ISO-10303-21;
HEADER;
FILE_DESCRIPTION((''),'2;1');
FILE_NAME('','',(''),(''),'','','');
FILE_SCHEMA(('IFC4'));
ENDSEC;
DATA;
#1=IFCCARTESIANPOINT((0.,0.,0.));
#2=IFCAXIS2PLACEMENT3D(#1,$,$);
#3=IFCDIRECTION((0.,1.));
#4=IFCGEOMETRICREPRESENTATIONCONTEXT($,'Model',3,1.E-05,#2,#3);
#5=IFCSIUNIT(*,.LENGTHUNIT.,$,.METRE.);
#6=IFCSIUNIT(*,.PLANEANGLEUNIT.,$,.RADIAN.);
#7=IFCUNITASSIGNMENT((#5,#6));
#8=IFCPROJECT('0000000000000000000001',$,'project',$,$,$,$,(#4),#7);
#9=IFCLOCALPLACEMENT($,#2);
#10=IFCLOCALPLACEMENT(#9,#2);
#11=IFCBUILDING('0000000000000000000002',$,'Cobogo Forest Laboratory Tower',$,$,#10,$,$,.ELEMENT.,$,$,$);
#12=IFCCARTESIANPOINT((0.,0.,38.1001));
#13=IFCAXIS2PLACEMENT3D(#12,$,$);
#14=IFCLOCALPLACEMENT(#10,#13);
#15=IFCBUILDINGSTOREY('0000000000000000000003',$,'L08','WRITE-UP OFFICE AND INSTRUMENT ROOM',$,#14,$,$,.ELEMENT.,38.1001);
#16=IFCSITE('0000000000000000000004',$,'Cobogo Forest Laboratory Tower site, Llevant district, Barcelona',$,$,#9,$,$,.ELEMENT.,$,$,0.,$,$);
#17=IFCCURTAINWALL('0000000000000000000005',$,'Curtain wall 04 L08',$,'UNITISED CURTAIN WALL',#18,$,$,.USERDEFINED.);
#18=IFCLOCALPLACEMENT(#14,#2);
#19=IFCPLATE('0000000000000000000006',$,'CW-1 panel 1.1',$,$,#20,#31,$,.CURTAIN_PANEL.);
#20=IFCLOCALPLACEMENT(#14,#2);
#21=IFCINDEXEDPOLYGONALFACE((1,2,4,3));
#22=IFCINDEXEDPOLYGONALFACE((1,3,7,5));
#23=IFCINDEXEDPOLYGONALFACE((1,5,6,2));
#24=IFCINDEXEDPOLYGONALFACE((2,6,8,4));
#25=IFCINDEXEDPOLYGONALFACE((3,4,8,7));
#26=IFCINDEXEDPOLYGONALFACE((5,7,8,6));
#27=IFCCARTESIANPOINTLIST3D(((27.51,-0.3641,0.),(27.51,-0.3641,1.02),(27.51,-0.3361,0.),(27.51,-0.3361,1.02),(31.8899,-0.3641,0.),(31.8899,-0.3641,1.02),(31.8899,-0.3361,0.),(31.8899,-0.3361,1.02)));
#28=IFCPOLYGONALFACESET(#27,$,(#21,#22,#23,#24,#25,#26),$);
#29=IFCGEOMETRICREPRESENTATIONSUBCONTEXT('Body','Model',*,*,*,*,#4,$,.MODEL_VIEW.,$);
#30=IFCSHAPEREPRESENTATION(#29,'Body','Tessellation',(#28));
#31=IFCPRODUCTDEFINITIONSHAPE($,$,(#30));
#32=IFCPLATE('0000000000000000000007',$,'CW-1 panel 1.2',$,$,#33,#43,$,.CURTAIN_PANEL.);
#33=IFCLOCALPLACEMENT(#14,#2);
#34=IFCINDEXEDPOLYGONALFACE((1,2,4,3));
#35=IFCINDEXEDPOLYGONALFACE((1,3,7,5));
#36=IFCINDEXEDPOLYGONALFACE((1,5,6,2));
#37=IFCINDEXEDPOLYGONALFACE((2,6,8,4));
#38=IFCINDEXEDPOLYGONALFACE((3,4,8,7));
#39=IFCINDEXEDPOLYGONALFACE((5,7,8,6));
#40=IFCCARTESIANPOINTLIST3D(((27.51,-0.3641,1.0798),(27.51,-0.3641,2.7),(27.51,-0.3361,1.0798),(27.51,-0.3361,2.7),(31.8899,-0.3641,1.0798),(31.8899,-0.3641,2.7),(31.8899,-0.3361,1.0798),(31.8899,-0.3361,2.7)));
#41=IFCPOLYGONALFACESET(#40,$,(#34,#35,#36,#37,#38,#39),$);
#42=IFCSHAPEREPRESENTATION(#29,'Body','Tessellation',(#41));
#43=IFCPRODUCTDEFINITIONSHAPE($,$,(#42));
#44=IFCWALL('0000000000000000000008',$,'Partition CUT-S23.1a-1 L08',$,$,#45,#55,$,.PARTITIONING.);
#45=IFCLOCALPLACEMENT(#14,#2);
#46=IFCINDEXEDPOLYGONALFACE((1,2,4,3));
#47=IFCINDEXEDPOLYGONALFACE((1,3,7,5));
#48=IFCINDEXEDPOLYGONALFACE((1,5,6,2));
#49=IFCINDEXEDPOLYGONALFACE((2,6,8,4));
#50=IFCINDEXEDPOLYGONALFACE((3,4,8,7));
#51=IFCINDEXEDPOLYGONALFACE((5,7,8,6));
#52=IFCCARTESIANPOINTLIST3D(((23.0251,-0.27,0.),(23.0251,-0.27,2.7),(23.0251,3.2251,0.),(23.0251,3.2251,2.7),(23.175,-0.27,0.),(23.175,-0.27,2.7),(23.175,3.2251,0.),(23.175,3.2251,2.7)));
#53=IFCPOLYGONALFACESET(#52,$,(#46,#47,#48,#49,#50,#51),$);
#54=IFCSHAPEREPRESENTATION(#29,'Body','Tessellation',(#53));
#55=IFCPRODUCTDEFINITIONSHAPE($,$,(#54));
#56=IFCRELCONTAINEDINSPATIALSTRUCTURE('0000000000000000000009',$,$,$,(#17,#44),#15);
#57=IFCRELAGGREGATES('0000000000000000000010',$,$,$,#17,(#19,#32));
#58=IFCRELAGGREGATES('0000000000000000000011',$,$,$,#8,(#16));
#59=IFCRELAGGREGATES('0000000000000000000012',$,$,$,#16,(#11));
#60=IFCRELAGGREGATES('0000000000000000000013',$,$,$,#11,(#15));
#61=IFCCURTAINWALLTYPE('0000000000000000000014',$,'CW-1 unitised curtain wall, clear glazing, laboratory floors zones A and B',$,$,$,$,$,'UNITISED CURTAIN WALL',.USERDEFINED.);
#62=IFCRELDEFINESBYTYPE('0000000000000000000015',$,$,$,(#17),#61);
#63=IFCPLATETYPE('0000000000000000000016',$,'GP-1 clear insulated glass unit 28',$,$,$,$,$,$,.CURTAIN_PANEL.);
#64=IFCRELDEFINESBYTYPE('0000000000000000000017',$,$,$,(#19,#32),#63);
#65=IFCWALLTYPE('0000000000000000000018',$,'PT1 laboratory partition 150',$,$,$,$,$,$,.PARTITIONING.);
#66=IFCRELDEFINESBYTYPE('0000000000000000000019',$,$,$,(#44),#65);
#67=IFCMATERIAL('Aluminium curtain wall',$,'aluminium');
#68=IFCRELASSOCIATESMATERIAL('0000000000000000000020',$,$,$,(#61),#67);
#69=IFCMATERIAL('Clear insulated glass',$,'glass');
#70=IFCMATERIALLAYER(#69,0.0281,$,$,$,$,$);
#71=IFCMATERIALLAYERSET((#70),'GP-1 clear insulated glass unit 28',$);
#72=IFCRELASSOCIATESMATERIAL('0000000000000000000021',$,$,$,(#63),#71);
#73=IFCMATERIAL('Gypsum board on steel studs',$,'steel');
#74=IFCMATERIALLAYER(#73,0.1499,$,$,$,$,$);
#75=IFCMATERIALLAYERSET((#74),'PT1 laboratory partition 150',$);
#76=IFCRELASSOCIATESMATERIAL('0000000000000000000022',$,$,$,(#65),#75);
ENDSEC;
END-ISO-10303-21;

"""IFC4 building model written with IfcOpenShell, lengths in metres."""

from ifc_helpers import new_model, si_unit, direction, frame, frame_2d, origin, origin_2d, place, context, subcontext, project, spatial, rectangle, extrude, material, layer, layer_set, type_object, element, aggregate, save


model = new_model("IFC4")

# Units and contexts
model_context = context("Model", 3, precision=1e-05, world=origin(), true_north=direction((0.0, 1.0)))
body_context = subcontext(model_context, "Body", "Model", "MODEL_VIEW")
ifc_project = project(units=[si_unit("LENGTHUNIT", "METRE"), si_unit("PLANEANGLEUNIT", "RADIAN")], contexts=[model_context])

# Site, building, storey
site_placement = place(None, origin())
site = spatial("IfcSite", under=ifc_project, at=site_placement, Name="Cobogo Forest Laboratory Tower site, Llevant district, Barcelona", CompositionType="ELEMENT", RefElevation=0.0)
building_placement = place(site_placement, origin())
building = spatial("IfcBuilding", under=site, at=building_placement, Name="Cobogo Forest Laboratory Tower", CompositionType="ELEMENT")
storey_placement = place(building_placement, frame((0.0, 0.0, 38.1001)))
storey = spatial("IfcBuildingStorey", under=building, at=storey_placement, Name="L08", Description="WRITE-UP OFFICE AND INSTRUMENT ROOM", CompositionType="ELEMENT", Elevation=38.1001)

# Curtain wall
ifc_material_1 = material(Name="Aluminium curtain wall", Category="aluminium")
curtain_wall_type = type_object("IfcCurtainWallType", Name="CW-1 unitised curtain wall, clear glazing, laboratory floors zones A and B", ElementType="UNITISED CURTAIN WALL", PredefinedType="USERDEFINED", material=ifc_material_1)
curtain_wall_1_placement = place(storey_placement, origin())
curtain_wall_1 = element("IfcCurtainWall", 1, at=curtain_wall_1_placement, inside=storey, type_object=curtain_wall_type, Name="Curtain wall 04 L08", ObjectType="UNITISED CURTAIN WALL", PredefinedType="USERDEFINED")

# Plates
ifc_material_2 = material(Name="Clear insulated glass", Category="glass")
ifc_layer_1 = layer(ifc_material_2, 0.0281)
ifc_layer_set_1 = layer_set([ifc_layer_1], Name="GP-1 clear insulated glass unit 28")
plate_type_1 = type_object("IfcPlateType", Name="GP-1 clear insulated glass unit 28", PredefinedType="CURTAIN_PANEL", material=ifc_layer_set_1)
plate_1_placement = place(storey_placement, frame((29.7, -0.3501, 0.0), z_axis=(0.0, 0.0, 1.0), x_axis=(1.0, 0.0, 0.0)))
plate_1 = element("IfcPlate", 2, at=plate_1_placement, type_object=plate_type_1, Name="CW-1 panel 1.1", PredefinedType="CURTAIN_PANEL", context=body_context, shape_type="SweptSolid", body=[
    extrude(rectangle(XDim=4.3799, YDim=0.0281, at=origin_2d()), origin(), (0.0, 0.0, 1.0), 1.02),
])
plate_2_placement = place(storey_placement, frame((29.7, -0.3501, 1.0798), z_axis=(0.0, 0.0, 1.0), x_axis=(1.0, 0.0, 0.0)))
plate_2 = element("IfcPlate", 3, at=plate_2_placement, type_object=plate_type_1, Name="CW-1 panel 1.2", PredefinedType="CURTAIN_PANEL", context=body_context, shape_type="SweptSolid", body=[
    extrude(rectangle(XDim=4.3799, YDim=0.0281, at=origin_2d()), origin(), (0.0, 0.0, 1.0), 1.6201),
])
aggregate(curtain_wall_1, [plate_1, plate_2])

# Wall
ifc_material_3 = material(Name="Gypsum board on steel studs", Category="steel")
ifc_layer_2 = layer(ifc_material_3, 0.1499)
ifc_layer_set_2 = layer_set([ifc_layer_2], Name="PT1 laboratory partition 150")
wall_type = type_object("IfcWallType", Name="PT1 laboratory partition 150", PredefinedType="PARTITIONING", material=ifc_layer_set_2)
wall_placement = place(storey_placement, frame((23.1001, -0.27, 0.0), z_axis=(0.0, 0.0, 1.0), x_axis=(0.0, 1.0, 0.0)))
element("IfcWall", 4, at=wall_placement, inside=storey, type_object=wall_type, Name="Partition CUT-S23.1a-1 L08", PredefinedType="PARTITIONING", context=body_context, shape_type="SweptSolid", body=[
    extrude(rectangle(XDim=3.4951, YDim=0.1499, at=frame_2d((1.7476, 0.0))), origin(), (0.0, 0.0, 1.0), 2.7),
])

save(model, "model.ifc")
